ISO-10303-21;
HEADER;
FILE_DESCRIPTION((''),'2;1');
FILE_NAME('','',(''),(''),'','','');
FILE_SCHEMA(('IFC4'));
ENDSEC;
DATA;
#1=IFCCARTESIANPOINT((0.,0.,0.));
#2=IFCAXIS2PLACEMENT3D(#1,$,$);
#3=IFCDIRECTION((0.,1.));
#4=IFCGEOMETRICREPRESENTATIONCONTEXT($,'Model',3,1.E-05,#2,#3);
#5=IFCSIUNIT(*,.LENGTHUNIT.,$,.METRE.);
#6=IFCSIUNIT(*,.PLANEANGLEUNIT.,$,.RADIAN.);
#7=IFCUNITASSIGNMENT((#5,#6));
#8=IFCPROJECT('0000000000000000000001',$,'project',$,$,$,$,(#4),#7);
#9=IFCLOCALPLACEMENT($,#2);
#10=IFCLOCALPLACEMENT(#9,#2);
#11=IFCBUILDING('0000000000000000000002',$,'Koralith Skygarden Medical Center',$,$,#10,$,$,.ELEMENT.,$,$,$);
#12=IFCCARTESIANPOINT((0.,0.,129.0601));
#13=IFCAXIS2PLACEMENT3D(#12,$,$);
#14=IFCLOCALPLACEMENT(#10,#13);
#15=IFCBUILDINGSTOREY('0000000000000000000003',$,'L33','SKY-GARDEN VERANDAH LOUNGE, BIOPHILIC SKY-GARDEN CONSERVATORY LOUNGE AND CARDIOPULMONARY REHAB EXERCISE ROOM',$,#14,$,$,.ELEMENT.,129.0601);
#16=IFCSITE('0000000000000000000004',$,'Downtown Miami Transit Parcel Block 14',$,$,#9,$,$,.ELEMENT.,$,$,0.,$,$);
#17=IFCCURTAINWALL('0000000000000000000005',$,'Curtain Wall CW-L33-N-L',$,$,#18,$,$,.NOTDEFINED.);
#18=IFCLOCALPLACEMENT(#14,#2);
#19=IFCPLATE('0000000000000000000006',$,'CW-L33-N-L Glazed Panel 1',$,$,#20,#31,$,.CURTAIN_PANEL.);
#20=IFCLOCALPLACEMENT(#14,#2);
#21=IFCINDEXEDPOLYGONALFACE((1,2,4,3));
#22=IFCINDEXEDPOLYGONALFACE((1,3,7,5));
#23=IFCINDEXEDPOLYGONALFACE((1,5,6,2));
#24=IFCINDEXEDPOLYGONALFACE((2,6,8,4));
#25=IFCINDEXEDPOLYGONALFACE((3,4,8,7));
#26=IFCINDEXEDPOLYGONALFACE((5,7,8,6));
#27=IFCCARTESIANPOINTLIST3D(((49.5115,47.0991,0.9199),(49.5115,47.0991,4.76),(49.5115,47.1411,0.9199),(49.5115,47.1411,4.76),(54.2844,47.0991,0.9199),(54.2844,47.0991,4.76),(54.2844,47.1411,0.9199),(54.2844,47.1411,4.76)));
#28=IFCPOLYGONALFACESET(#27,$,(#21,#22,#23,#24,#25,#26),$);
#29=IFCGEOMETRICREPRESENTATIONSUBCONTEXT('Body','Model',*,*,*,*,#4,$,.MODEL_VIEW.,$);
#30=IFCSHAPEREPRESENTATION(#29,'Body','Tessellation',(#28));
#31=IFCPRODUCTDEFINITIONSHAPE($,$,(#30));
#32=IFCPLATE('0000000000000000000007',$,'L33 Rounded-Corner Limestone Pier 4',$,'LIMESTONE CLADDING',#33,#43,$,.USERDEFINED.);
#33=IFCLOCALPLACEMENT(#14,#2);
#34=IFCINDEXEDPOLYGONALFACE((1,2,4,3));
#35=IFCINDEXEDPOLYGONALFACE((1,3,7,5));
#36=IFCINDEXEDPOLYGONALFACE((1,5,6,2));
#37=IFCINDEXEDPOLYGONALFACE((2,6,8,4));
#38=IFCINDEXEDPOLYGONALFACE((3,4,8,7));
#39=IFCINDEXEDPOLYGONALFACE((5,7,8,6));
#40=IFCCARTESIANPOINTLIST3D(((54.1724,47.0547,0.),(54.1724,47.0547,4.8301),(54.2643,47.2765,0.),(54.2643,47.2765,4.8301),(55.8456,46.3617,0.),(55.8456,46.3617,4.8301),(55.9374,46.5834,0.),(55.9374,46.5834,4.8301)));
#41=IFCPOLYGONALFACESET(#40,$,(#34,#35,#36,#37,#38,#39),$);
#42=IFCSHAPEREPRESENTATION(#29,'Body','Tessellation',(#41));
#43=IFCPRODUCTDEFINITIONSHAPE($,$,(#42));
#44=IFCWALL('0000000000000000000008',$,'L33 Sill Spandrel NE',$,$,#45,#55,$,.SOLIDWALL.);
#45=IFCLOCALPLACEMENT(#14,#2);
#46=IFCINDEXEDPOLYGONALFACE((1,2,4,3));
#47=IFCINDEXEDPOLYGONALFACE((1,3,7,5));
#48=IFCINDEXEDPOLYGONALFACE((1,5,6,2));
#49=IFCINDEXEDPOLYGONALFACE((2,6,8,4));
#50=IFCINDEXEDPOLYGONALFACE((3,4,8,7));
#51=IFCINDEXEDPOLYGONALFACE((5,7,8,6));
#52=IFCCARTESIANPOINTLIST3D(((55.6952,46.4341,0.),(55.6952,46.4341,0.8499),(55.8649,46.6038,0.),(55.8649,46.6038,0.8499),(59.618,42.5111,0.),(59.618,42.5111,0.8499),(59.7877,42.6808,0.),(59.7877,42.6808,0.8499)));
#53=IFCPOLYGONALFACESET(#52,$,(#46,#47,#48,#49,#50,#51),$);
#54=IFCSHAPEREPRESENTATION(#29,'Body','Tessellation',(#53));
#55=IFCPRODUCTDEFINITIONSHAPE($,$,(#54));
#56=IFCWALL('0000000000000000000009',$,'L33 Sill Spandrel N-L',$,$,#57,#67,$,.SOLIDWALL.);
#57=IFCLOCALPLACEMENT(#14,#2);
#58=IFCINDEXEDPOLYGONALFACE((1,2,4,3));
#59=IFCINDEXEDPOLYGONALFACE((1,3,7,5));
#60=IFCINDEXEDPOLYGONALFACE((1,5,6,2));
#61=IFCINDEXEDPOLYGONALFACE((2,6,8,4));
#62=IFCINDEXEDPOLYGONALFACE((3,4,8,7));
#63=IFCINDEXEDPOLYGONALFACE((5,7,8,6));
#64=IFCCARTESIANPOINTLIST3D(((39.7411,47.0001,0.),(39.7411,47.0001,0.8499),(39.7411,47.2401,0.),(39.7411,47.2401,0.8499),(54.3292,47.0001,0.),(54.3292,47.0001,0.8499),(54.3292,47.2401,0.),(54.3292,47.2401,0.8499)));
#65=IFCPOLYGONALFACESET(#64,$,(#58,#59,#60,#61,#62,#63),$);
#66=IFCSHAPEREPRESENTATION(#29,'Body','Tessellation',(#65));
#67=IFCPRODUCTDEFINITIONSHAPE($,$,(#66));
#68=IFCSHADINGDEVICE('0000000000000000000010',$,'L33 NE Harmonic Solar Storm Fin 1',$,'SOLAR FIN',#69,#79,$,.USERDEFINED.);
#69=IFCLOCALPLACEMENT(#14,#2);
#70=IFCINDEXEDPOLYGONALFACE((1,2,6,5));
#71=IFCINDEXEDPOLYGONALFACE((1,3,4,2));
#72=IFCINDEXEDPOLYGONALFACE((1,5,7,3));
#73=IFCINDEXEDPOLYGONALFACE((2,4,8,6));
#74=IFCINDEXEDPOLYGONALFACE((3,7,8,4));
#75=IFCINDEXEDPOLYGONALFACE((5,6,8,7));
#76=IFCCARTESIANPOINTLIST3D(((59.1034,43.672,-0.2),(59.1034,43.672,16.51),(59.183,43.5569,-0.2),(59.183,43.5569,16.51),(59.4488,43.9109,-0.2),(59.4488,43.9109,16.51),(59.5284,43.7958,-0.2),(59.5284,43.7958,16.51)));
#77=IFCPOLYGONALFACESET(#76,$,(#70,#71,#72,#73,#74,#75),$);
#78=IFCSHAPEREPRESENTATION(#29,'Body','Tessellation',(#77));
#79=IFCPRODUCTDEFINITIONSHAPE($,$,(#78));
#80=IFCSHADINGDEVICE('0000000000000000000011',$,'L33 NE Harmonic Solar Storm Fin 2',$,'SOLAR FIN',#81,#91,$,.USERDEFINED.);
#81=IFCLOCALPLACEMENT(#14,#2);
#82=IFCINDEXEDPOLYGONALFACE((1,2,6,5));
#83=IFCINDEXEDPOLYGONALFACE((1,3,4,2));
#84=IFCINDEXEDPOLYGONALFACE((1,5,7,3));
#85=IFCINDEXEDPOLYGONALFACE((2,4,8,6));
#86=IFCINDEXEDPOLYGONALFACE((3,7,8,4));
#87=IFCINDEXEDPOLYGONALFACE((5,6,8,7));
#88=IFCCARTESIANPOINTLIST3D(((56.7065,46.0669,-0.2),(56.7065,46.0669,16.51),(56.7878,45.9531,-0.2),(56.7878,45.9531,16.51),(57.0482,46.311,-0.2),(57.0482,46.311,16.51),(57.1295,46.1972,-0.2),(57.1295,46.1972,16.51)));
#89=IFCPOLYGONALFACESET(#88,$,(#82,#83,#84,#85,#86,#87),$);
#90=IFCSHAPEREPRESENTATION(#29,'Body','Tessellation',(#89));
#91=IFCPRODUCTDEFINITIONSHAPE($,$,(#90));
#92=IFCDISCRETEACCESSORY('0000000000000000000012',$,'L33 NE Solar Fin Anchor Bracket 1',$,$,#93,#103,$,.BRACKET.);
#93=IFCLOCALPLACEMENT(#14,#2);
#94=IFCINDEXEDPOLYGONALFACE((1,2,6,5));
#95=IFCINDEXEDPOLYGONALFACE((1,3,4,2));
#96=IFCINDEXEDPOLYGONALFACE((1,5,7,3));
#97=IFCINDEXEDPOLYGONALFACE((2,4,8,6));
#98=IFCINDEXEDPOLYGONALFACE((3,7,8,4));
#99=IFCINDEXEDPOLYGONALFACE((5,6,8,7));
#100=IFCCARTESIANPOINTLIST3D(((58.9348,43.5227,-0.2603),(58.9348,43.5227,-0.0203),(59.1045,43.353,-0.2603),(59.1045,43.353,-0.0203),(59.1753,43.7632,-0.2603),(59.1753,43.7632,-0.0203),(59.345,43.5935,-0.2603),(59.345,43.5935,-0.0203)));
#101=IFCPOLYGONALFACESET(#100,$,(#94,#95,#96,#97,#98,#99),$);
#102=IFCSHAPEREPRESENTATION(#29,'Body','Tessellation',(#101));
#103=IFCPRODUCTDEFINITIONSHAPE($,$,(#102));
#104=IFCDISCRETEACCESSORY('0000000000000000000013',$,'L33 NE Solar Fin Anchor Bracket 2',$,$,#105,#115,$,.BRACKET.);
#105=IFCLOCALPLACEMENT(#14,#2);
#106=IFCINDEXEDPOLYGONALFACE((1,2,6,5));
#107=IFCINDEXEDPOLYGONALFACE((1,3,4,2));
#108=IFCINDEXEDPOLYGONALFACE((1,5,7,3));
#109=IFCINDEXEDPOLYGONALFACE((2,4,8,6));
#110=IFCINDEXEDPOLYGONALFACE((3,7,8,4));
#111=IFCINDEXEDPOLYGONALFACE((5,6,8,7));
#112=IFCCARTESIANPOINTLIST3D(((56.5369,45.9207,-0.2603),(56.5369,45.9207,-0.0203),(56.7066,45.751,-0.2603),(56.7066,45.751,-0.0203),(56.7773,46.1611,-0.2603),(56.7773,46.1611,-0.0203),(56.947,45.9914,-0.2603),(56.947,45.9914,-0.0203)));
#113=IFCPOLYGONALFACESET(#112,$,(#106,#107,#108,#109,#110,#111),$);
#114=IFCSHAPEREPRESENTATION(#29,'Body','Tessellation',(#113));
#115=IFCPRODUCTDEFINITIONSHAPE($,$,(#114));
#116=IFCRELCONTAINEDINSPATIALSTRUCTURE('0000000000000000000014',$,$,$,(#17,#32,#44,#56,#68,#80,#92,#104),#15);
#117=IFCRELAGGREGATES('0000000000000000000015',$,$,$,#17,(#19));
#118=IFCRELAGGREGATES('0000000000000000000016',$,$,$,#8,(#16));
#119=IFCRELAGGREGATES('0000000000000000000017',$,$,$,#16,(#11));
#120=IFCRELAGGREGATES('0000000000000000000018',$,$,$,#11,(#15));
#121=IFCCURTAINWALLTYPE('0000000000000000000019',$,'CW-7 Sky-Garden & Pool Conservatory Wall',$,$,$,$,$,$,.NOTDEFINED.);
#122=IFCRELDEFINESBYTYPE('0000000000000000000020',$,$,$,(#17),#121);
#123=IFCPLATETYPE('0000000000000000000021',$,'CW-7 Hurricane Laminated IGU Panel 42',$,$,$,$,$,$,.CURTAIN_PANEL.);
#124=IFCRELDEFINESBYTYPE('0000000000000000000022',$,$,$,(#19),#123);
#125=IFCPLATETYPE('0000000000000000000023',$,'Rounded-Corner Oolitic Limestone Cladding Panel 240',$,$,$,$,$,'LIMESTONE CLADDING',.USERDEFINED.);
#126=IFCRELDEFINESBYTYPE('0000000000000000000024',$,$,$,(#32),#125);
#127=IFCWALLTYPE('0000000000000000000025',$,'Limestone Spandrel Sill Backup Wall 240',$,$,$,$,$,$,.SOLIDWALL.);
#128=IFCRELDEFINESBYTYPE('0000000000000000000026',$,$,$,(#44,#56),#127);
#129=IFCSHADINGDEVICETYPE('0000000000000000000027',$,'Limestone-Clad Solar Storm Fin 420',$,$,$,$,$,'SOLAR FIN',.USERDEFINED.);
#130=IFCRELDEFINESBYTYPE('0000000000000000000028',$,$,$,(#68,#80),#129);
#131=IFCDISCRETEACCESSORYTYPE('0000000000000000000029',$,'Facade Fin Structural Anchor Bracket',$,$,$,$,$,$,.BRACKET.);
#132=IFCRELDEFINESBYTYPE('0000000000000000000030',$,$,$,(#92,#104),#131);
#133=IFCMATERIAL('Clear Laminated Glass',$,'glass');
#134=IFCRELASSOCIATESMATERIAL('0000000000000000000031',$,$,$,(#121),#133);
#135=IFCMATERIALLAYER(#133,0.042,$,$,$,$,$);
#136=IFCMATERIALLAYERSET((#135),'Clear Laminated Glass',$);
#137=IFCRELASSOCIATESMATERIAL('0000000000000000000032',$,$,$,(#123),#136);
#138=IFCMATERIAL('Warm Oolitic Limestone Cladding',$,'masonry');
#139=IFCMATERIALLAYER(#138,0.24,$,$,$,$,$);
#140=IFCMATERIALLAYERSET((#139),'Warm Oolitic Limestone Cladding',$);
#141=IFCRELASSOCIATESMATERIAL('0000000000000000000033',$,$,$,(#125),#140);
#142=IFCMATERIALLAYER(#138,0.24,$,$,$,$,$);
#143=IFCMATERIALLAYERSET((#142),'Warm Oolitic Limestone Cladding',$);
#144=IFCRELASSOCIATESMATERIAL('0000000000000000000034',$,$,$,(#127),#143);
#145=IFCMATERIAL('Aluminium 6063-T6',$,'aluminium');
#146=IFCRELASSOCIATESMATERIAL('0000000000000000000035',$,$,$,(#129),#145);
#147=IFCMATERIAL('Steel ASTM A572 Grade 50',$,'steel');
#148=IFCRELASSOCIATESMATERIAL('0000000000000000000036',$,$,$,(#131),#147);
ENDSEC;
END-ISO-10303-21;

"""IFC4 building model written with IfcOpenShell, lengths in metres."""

from ifc_helpers import new_model, si_unit, direction, frame, frame_2d, origin, origin_2d, place, context, subcontext, project, spatial, rectangle, extrude, material, layer, layer_set, type_object, element, aggregate, save


model = new_model("IFC4")

# Units and contexts
model_context = context("Model", 3, precision=1e-05, world=origin(), true_north=direction((0.0, 1.0)))
body_context = subcontext(model_context, "Body", "Model", "MODEL_VIEW")
ifc_project = project(units=[si_unit("LENGTHUNIT", "METRE"), si_unit("PLANEANGLEUNIT", "RADIAN")], contexts=[model_context])

# Site, building, storey
site_placement = place(None, origin())
site = spatial("IfcSite", under=ifc_project, at=site_placement, Name="Downtown Miami Transit Parcel Block 14", CompositionType="ELEMENT", RefElevation=0.0)
building_placement = place(site_placement, origin())
building = spatial("IfcBuilding", under=site, at=building_placement, Name="Koralith Skygarden Medical Center", CompositionType="ELEMENT")
storey_placement = place(building_placement, frame((0.0, 0.0, 129.0601)))
storey = spatial("IfcBuildingStorey", under=building, at=storey_placement, Name="L33", Description="SKY-GARDEN VERANDAH LOUNGE, BIOPHILIC SKY-GARDEN CONSERVATORY LOUNGE AND CARDIOPULMONARY REHAB EXERCISE ROOM", CompositionType="ELEMENT", Elevation=129.0601)

# Curtain wall
ifc_material_1 = material(Name="Clear Laminated Glass", Category="glass")
curtain_wall_type = type_object("IfcCurtainWallType", Name="CW-7 Sky-Garden & Pool Conservatory Wall", PredefinedType="NOTDEFINED", material=ifc_material_1)
ifc_material_2 = material(Name="Aluminium 6063-T6", Category="aluminium")
curtain_wall_1_placement = place(storey_placement, origin())
curtain_wall_1 = element("IfcCurtainWall", 1, at=curtain_wall_1_placement, inside=storey, type_object=curtain_wall_type, Name="Curtain Wall CW-L33-N-L", PredefinedType="NOTDEFINED")

# Plates
ifc_layer_1 = layer(ifc_material_1, 0.042)
ifc_layer_set_1 = layer_set([ifc_layer_1], Name="Clear Laminated Glass")
plate_type_1 = type_object("IfcPlateType", Name="CW-7 Hurricane Laminated IGU Panel 42", PredefinedType="CURTAIN_PANEL", material=ifc_layer_set_1)
plate_1_placement = place(storey_placement, frame((51.8979, 47.1201, 0.9199), z_axis=(0.0, 0.0, 1.0), x_axis=(-1.0, 0.0, 0.0)))
plate_1 = element("IfcPlate", 2, at=plate_1_placement, type_object=plate_type_1, Name="CW-L33-N-L Glazed Panel 1", PredefinedType="CURTAIN_PANEL", context=body_context, shape_type="SweptSolid", body=[
    extrude(rectangle(XDim=4.7729, YDim=0.042, at=origin_2d()), origin(), (0.0, 0.0, 1.0), 3.8401),
])
aggregate(curtain_wall_1, [plate_1])
ifc_material_3 = material(Name="Warm Oolitic Limestone Cladding", Category="masonry")
ifc_layer_2 = layer(ifc_material_3, 0.24)
ifc_layer_set_2 = layer_set([ifc_layer_2], Name="Warm Oolitic Limestone Cladding")
plate_type_2 = type_object("IfcPlateType", Name="Rounded-Corner Oolitic Limestone Cladding Panel 240", ElementType="LIMESTONE CLADDING", PredefinedType="USERDEFINED", material=ifc_layer_set_2)
plate_2_placement = place(storey_placement, frame((55.0549, 46.8191, 0.0), z_axis=(0.0, 0.0, 1.0), x_axis=(-0.923885, 0.382671, 0.0)))
element("IfcPlate", 3, at=plate_2_placement, inside=storey, type_object=plate_type_2, Name="L33 Rounded-Corner Limestone Pier 4", ObjectType="LIMESTONE CLADDING", PredefinedType="USERDEFINED", context=body_context, shape_type="SweptSolid", body=[
    extrude(rectangle(XDim=1.811, YDim=0.24, at=origin_2d()), origin(), (0.0, 0.0, 1.0), 4.8301),
])

# Walls
ifc_layer_3 = layer(ifc_material_3, 0.24)
ifc_layer_set_3 = layer_set([ifc_layer_3], Name="Warm Oolitic Limestone Cladding")
wall_type = type_object("IfcWallType", Name="Limestone Spandrel Sill Backup Wall 240", PredefinedType="SOLIDWALL", material=ifc_layer_set_3)
wall_1_placement = place(storey_placement, frame((59.7029, 42.5959, 0.0), z_axis=(0.0, 0.0, 1.0), x_axis=(-0.707085, 0.707129, 0.0)))
element("IfcWall", 4, at=wall_1_placement, inside=storey, type_object=wall_type, Name="L33 Sill Spandrel NE", PredefinedType="SOLIDWALL", context=body_context, shape_type="SweptSolid", body=[
    extrude(rectangle(XDim=5.5479, YDim=0.24, at=frame_2d((2.7739, 0.0))), origin(), (0.0, 0.0, 1.0), 0.8499),
])
wall_2_placement = place(storey_placement, frame((54.3291, 47.1201, 0.0), z_axis=(0.0, 0.0, 1.0), x_axis=(-1.0, 0.0, 0.0)))
element("IfcWall", 5, at=wall_2_placement, inside=storey, type_object=wall_type, Name="L33 Sill Spandrel N-L", PredefinedType="SOLIDWALL", context=body_context, shape_type="SweptSolid", body=[
    extrude(rectangle(XDim=14.5881, YDim=0.24, at=frame_2d((7.2939, 0.0))), origin(), (0.0, 0.0, 1.0), 0.8499),
])

# Shading devices
shading_device_type = type_object("IfcShadingDeviceType", Name="Limestone-Clad Solar Storm Fin 420", ElementType="SOLAR FIN", PredefinedType="USERDEFINED", material=ifc_material_2)
for number, where, z_axis, x_axis, name in (
    (6, (59.3159, 43.7339, -0.2), (0.0, 0.0, 1.0), (0.822432, 0.568863, 0.0), "L33 NE Harmonic Solar Storm Fin 1"),
    (7, (56.918, 46.1321, -0.2), (0.0, 0.0, 1.0), (0.81369, 0.5813, 0.0), "L33 NE Harmonic Solar Storm Fin 2"),
):
    element("IfcShadingDevice", number, at=place(storey_placement, frame(where, z_axis=z_axis, x_axis=x_axis)), inside=storey, type_object=shading_device_type, Name=name, ObjectType="SOLAR FIN", PredefinedType="USERDEFINED", context=body_context, shape_type="SweptSolid", body=[
        extrude(rectangle(XDim=0.4199, YDim=0.1399, at=origin_2d()), origin(), (0.0, 0.0, 1.0), 16.71),
    ])

# Discrete accessories
ifc_material_4 = material(Name="Steel ASTM A572 Grade 50", Category="steel")
discrete_accessory_type = type_object("IfcDiscreteAccessoryType", Name="Facade Fin Structural Anchor Bracket", PredefinedType="BRACKET", material=ifc_material_4)
for number, where, z_axis, x_axis, name in (
    (8, (59.1399, 43.5581, -0.2603), (0.0, 0.0, 1.0), (0.707107, 0.707107, 0.0), "L33 NE Solar Fin Anchor Bracket 1"),
    (9, (56.7419, 45.9561, -0.2603), (0.0, 0.0, 1.0), (0.707107, 0.707107, 0.0), "L33 NE Solar Fin Anchor Bracket 2"),
):
    element("IfcDiscreteAccessory", number, at=place(storey_placement, frame(where, z_axis=z_axis, x_axis=x_axis)), inside=storey, type_object=discrete_accessory_type, Name=name, PredefinedType="BRACKET", context=body_context, shape_type="SweptSolid", body=[
        extrude(rectangle(XDim=0.3401, YDim=0.24, at=origin_2d()), origin(), (0.0, 0.0, 1.0), 0.24),
    ])

save(model, "model.ifc")
